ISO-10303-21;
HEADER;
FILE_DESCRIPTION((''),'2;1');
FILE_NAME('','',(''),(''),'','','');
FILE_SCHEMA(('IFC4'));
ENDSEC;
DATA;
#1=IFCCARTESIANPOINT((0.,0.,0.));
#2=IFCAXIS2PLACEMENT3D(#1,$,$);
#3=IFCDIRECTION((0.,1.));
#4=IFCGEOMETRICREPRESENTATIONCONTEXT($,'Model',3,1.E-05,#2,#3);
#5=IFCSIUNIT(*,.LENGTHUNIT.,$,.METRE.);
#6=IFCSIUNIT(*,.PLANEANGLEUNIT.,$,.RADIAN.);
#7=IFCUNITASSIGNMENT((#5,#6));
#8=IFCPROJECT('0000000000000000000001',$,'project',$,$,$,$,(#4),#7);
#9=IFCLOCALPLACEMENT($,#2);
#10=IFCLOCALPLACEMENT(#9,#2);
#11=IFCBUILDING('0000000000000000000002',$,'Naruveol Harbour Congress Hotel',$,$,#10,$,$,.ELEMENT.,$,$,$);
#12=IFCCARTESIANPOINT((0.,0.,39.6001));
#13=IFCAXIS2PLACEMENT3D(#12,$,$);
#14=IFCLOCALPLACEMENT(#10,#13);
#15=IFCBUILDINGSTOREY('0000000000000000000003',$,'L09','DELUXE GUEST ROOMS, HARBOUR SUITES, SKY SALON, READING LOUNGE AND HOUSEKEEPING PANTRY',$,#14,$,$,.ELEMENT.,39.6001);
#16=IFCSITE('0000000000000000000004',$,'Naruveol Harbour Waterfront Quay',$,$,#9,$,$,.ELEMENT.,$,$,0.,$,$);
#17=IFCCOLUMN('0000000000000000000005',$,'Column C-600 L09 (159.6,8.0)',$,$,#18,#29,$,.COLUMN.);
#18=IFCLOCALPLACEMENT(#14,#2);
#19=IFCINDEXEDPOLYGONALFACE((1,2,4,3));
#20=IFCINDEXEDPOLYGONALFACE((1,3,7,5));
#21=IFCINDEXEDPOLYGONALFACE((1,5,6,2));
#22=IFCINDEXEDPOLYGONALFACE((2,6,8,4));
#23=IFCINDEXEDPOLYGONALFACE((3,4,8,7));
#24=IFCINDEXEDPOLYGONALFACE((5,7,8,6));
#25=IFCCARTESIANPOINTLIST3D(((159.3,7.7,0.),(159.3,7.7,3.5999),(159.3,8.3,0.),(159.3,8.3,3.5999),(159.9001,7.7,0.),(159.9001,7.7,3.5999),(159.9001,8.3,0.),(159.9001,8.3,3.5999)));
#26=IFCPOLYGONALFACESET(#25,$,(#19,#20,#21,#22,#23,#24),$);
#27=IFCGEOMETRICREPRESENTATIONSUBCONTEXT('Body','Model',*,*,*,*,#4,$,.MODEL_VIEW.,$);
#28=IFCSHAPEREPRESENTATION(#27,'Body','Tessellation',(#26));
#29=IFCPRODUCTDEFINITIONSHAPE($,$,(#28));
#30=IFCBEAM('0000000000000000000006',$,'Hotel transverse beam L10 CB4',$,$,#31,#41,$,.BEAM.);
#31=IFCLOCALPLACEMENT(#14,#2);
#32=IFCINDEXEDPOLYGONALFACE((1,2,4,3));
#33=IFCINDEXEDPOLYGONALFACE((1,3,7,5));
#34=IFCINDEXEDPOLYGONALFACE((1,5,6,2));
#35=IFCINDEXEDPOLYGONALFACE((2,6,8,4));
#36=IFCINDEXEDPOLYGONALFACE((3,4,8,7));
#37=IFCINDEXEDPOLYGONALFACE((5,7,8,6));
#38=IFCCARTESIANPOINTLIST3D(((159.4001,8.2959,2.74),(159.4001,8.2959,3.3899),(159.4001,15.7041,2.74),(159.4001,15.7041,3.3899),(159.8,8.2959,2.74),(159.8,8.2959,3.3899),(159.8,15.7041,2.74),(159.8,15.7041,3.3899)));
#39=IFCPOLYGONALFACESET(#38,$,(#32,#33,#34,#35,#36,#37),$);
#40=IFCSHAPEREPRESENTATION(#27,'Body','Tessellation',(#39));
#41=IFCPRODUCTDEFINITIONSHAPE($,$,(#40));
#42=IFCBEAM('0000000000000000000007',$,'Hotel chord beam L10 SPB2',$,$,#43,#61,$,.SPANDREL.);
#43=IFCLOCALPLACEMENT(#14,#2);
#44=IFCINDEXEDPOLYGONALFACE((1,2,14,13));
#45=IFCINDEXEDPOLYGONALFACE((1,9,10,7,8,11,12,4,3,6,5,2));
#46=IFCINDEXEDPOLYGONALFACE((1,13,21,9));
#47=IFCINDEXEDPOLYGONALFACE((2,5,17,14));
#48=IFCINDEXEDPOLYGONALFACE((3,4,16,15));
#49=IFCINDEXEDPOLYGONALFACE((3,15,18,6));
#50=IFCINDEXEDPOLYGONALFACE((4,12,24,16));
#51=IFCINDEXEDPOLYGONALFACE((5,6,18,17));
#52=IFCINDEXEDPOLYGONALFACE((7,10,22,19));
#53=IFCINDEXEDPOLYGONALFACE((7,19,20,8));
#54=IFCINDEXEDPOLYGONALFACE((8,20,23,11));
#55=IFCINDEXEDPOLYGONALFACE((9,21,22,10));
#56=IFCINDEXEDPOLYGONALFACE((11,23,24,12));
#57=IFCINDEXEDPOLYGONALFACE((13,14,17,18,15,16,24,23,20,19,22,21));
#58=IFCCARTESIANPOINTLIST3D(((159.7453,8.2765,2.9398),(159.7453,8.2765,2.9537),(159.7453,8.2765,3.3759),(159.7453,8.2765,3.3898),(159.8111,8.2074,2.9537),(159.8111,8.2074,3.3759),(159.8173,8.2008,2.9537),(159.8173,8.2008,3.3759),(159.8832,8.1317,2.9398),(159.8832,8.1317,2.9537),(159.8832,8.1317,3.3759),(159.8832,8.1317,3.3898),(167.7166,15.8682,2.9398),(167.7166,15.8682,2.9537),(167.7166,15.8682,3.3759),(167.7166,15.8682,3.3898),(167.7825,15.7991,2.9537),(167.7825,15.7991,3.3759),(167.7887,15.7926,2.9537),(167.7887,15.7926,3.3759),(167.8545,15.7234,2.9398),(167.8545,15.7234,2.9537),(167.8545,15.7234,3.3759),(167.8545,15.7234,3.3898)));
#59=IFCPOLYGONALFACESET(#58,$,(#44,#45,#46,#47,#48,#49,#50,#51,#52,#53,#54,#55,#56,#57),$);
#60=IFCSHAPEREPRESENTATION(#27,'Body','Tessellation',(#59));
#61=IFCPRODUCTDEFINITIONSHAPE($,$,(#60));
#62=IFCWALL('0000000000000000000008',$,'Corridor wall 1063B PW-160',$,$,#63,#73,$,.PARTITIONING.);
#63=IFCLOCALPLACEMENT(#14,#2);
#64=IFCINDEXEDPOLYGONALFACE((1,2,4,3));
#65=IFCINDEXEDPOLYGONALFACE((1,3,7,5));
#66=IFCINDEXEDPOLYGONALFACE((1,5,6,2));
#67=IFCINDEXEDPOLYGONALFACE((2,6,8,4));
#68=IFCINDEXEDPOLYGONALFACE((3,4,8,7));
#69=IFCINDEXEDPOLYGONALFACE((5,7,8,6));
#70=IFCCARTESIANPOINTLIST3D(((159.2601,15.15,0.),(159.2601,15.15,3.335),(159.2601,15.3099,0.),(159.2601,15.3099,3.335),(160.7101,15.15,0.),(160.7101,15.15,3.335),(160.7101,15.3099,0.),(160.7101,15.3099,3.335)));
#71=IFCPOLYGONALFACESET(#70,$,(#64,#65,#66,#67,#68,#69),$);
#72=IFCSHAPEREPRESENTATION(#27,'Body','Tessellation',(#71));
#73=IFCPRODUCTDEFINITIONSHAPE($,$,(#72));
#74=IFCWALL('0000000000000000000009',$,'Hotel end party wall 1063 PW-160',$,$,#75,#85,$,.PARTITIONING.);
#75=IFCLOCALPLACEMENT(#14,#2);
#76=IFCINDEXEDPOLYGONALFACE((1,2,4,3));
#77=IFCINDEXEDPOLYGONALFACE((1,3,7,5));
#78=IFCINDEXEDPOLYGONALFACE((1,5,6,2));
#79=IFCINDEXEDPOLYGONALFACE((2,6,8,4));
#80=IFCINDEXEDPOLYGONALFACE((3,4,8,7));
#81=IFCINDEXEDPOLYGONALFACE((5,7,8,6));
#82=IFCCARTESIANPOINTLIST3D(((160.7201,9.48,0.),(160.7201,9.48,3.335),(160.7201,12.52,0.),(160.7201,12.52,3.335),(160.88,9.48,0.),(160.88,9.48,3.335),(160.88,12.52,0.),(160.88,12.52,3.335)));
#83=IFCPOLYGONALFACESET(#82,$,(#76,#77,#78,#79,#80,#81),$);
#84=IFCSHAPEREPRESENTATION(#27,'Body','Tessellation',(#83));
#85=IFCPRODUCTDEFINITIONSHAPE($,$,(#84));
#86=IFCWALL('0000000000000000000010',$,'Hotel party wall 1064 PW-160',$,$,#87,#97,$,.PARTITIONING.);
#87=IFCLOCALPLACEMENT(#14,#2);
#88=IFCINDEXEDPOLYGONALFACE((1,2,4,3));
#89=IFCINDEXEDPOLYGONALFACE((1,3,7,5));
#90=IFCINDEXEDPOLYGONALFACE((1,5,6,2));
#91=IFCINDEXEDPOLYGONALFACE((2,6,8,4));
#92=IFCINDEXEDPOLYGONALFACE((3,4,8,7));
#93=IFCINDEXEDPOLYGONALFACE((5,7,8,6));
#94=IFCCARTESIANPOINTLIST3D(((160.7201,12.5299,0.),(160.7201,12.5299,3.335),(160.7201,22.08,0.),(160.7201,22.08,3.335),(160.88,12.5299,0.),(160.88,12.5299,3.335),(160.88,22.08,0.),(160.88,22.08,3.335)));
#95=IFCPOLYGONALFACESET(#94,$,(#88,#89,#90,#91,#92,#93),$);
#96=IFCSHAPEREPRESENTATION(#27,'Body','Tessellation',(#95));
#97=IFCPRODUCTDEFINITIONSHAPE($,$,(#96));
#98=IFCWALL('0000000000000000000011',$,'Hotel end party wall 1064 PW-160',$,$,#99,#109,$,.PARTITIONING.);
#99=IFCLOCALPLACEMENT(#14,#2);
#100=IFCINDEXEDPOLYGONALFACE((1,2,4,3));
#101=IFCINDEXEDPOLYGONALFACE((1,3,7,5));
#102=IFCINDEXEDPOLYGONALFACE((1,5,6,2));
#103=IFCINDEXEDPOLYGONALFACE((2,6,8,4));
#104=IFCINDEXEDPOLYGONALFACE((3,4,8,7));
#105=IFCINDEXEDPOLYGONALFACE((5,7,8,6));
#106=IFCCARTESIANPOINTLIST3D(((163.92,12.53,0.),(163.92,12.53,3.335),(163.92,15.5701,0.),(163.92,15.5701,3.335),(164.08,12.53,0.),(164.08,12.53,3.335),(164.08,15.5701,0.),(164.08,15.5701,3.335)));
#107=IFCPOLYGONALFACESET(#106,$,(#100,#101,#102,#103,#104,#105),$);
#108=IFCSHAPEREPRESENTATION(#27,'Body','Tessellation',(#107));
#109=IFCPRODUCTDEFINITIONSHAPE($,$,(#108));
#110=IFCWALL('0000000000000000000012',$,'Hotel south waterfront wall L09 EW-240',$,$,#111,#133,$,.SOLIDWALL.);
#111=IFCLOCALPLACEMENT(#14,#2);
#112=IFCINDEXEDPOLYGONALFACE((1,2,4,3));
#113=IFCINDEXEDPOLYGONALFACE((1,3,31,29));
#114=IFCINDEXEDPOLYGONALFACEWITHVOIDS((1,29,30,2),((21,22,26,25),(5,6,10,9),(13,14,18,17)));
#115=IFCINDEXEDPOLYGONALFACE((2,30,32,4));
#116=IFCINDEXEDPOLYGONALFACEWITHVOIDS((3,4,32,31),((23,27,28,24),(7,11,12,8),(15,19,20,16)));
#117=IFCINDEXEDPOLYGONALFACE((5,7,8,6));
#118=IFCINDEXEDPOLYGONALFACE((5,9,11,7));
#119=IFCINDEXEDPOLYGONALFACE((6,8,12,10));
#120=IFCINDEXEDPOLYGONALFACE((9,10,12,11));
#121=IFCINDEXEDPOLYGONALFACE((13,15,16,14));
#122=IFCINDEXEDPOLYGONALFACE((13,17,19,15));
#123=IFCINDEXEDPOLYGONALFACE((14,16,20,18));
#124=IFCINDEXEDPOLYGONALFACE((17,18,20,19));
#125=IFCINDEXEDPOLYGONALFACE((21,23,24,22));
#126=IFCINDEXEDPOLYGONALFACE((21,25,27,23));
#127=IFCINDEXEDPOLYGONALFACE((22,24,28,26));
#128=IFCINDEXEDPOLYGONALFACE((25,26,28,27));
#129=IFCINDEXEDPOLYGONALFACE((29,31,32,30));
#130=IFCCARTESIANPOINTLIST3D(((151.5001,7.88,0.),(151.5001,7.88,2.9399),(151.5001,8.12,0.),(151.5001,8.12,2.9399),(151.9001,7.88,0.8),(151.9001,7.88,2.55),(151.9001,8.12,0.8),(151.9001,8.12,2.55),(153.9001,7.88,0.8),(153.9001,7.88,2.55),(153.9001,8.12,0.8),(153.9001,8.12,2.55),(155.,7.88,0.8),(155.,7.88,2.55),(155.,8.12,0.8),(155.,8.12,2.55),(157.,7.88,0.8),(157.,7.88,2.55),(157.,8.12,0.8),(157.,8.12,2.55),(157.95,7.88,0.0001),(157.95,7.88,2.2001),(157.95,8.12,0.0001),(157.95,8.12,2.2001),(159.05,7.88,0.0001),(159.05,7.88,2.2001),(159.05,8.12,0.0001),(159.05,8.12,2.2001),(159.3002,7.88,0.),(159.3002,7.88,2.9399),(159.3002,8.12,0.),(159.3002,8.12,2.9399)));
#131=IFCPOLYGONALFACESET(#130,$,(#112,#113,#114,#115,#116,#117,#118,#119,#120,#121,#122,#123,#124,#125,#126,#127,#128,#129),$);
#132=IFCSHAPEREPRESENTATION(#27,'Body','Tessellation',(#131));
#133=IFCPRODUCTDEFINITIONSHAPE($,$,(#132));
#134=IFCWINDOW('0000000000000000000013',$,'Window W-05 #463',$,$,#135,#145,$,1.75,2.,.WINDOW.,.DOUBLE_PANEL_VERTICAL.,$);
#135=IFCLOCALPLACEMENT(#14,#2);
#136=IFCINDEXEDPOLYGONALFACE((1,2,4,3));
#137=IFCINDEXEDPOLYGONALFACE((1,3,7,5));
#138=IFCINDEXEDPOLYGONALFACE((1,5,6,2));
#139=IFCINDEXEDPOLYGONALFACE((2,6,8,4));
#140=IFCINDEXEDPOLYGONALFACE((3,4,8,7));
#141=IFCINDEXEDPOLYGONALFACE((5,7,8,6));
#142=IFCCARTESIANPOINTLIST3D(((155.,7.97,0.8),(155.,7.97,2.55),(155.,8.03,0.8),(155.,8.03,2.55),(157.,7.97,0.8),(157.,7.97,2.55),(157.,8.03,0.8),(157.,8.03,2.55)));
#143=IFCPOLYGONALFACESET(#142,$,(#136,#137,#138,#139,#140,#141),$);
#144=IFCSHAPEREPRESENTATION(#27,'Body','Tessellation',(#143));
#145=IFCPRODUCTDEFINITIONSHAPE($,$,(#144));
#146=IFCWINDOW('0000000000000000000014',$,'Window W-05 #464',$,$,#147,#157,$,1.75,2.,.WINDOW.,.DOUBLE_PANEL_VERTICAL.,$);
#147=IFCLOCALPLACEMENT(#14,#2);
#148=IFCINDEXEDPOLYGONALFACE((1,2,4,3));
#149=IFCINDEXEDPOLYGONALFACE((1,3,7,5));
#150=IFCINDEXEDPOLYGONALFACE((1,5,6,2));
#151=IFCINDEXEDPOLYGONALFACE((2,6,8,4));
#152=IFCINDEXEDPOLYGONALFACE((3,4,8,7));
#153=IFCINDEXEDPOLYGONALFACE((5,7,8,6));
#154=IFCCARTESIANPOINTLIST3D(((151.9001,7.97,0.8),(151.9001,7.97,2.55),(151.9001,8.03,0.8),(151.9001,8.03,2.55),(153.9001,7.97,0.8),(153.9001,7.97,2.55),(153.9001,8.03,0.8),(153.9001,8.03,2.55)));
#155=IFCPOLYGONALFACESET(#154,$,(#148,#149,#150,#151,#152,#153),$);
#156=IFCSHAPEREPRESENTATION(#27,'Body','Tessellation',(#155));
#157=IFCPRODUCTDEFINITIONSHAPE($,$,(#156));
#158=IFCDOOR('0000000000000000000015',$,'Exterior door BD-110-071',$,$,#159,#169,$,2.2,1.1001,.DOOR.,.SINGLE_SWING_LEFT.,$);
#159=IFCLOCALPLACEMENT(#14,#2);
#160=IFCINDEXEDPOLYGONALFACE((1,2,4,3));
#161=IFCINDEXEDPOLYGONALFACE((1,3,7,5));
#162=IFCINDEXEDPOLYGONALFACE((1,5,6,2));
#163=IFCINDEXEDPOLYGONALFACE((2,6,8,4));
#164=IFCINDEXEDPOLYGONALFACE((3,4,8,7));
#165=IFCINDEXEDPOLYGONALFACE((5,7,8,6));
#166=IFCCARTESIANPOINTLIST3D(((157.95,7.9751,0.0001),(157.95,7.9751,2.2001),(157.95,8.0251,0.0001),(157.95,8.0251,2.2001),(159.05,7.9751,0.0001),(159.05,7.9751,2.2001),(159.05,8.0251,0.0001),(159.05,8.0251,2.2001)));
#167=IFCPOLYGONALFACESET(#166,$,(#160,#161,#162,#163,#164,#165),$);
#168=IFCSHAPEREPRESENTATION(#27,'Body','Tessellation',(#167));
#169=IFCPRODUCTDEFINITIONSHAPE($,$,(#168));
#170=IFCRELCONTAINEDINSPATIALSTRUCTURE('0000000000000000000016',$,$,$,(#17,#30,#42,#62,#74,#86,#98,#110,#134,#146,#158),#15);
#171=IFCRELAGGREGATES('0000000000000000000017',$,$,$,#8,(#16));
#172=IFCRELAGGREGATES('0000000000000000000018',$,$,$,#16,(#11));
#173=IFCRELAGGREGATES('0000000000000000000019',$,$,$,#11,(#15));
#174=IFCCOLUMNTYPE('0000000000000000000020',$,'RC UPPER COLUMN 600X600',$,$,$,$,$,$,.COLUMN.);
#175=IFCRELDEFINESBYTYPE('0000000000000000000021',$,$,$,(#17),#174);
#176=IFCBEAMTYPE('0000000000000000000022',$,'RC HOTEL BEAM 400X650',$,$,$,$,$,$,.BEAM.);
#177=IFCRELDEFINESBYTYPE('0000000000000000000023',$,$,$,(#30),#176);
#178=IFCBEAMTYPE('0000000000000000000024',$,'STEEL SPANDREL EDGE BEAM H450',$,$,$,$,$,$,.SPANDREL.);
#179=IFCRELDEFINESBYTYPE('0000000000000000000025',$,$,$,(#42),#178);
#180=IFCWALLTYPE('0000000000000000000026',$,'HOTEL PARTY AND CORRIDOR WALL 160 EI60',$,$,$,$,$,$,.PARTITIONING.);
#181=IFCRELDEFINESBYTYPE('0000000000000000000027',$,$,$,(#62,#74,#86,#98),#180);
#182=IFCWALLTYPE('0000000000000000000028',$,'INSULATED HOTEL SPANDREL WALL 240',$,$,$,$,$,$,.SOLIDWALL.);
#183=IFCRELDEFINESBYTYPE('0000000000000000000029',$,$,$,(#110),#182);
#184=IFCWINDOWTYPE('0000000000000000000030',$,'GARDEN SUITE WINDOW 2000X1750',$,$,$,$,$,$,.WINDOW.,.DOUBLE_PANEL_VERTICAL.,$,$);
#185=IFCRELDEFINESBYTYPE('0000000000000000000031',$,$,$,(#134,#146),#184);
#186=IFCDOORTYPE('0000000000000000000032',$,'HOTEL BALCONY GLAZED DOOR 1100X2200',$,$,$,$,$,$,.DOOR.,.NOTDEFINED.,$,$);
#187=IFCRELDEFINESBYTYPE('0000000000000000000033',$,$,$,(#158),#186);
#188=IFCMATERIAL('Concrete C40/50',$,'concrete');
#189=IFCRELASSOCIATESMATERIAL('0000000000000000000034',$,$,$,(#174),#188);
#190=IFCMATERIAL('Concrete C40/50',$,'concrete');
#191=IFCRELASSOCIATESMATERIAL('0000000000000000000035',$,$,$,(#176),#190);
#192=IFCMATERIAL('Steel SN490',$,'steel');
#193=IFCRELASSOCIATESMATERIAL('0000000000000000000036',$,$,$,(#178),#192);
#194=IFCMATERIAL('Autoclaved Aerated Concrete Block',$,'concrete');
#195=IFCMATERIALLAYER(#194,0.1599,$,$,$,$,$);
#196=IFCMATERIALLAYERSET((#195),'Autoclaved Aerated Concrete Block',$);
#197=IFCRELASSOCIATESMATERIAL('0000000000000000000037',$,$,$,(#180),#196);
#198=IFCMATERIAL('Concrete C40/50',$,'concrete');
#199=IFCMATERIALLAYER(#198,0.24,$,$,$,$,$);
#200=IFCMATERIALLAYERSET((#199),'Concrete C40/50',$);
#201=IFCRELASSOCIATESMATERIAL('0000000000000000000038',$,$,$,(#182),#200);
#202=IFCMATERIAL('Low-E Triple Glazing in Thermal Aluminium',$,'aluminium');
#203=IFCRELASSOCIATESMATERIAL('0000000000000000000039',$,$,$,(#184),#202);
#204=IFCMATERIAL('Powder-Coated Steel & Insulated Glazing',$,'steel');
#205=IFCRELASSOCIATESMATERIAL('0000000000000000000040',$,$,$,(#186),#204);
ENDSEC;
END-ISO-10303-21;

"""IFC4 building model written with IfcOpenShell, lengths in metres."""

from ifc_helpers import new_model, si_unit, direction, frame, frame_2d, origin, origin_2d, place, context, subcontext, project, spatial, rectangle, i_section, extrude, material, layer, layer_set, material_profile, profile_set, type_object, element, fill, save


model = new_model("IFC4")

# Units and contexts
model_context = context("Model", 3, precision=1e-05, world=origin(), true_north=direction((0.0, 1.0)))
body_context = subcontext(model_context, "Body", "Model", "MODEL_VIEW")
ifc_project = project(units=[si_unit("LENGTHUNIT", "METRE"), si_unit("PLANEANGLEUNIT", "RADIAN")], contexts=[model_context])

# Site, building, storey
site_placement = place(None, origin())
site = spatial("IfcSite", under=ifc_project, at=site_placement, Name="Naruveol Harbour Waterfront Quay", CompositionType="ELEMENT", RefElevation=0.0)
building_placement = place(site_placement, origin())
building = spatial("IfcBuilding", under=site, at=building_placement, Name="Naruveol Harbour Congress Hotel", CompositionType="ELEMENT")
storey_placement = place(building_placement, frame((0.0, 0.0, 39.6001)))
storey = spatial("IfcBuildingStorey", under=building, at=storey_placement, Name="L09", Description="DELUXE GUEST ROOMS, HARBOUR SUITES, SKY SALON, READING LOUNGE AND HOUSEKEEPING PANTRY", CompositionType="ELEMENT", Elevation=39.6001)

# Column
ifc_material_1 = material(Name="Concrete C40/50", Category="concrete")
ifc_material_profile_1 = material_profile(ifc_material_1, rectangle(XDim=0.6001, YDim=0.6001, at=origin_2d()), Name="RC-600x600")
ifc_profile_set_1 = profile_set([ifc_material_profile_1], Name="Concrete C40/50")
column_type = type_object("IfcColumnType", Name="RC UPPER COLUMN 600X600", PredefinedType="COLUMN", material=ifc_profile_set_1)
column_placement = place(storey_placement, frame((159.6001, 8.0, 0.0), z_axis=(0.0, 0.0, 1.0), x_axis=(1.0, 0.0, 0.0)))
element("IfcColumn", 1, at=column_placement, inside=storey, type_object=column_type, Name="Column C-600 L09 (159.6,8.0)", PredefinedType="COLUMN", context=body_context, shape_type="SweptSolid", body=[
    extrude(rectangle(XDim=0.6001, YDim=0.6001, at=origin_2d()), origin(), (0.0, 0.0, 1.0), 3.5999),
])

# Beams
ifc_material_2 = material(Name="Concrete C40/50", Category="concrete")
ifc_material_profile_2 = material_profile(ifc_material_2, rectangle(XDim=0.3999, YDim=0.6499, at=origin_2d()), Name="RCB-400x650")
ifc_profile_set_2 = profile_set([ifc_material_profile_2], Name="Concrete C40/50")
beam_type_1 = type_object("IfcBeamType", Name="RC HOTEL BEAM 400X650", PredefinedType="BEAM", material=ifc_profile_set_2)
beam_1_placement = place(storey_placement, frame((159.6001, 8.2959, 3.0649), z_axis=(0.0, 1.0, 0.0), x_axis=(-1.0, 0.0, 0.0)))
element("IfcBeam", 2, at=beam_1_placement, inside=storey, type_object=beam_type_1, Name="Hotel transverse beam L10 CB4", PredefinedType="BEAM", context=body_context, shape_type="SweptSolid", body=[
    extrude(rectangle(XDim=0.3999, YDim=0.6499, at=origin_2d()), origin(), (0.0, 0.0, 1.0), 7.4082),
])
ifc_material_3 = material(Name="Steel SN490", Category="steel")
ifc_material_profile_3 = material_profile(ifc_material_3, i_section(OverallWidth=0.2, OverallDepth=0.45, WebThickness=0.009, FlangeThickness=0.0139, at=origin_2d()), Name="H-450x200x9x14")
ifc_profile_set_3 = profile_set([ifc_material_profile_3], Name="Steel SN490")
beam_type_2 = type_object("IfcBeamType", Name="STEEL SPANDREL EDGE BEAM H450", PredefinedType="SPANDREL", material=ifc_profile_set_3)
beam_2_placement = place(storey_placement, frame((159.8142, 8.2041, 3.1648), z_axis=(0.72414, 0.689653, 0.0), x_axis=(-0.689653, 0.72414, 0.0)))
element("IfcBeam", 3, at=beam_2_placement, inside=storey, type_object=beam_type_2, Name="Hotel chord beam L10 SPB2", PredefinedType="SPANDREL", context=body_context, shape_type="SweptSolid", body=[
    extrude(i_section(OverallWidth=0.2, OverallDepth=0.45, WebThickness=0.009, FlangeThickness=0.0139, at=origin_2d()), origin(), (0.0, 0.0, 1.0), 11.0081),
])

# Walls
ifc_material_4 = material(Name="Autoclaved Aerated Concrete Block", Category="concrete")
ifc_layer_1 = layer(ifc_material_4, 0.1599)
ifc_layer_set_1 = layer_set([ifc_layer_1], Name="Autoclaved Aerated Concrete Block")
wall_type_1 = type_object("IfcWallType", Name="HOTEL PARTY AND CORRIDOR WALL 160 EI60", PredefinedType="PARTITIONING", material=ifc_layer_set_1)
wall_1_placement = place(storey_placement, frame((159.26, 15.23, 0.0), z_axis=(0.0, 0.0, 1.0), x_axis=(1.0, 0.0, 0.0)))
element("IfcWall", 4, at=wall_1_placement, inside=storey, type_object=wall_type_1, Name="Corridor wall 1063B PW-160", PredefinedType="PARTITIONING", context=body_context, shape_type="SweptSolid", body=[
    extrude(rectangle(XDim=1.45, YDim=0.1599, at=frame_2d((0.7251, 0.0))), origin(), (0.0, 0.0, 1.0), 3.335),
])
wall_2_placement = place(storey_placement, frame((160.8, 9.48, 0.0), z_axis=(0.0, 0.0, 1.0), x_axis=(0.0, 1.0, 0.0)))
element("IfcWall", 5, at=wall_2_placement, inside=storey, type_object=wall_type_1, Name="Hotel end party wall 1063 PW-160", PredefinedType="PARTITIONING", context=body_context, shape_type="SweptSolid", body=[
    extrude(rectangle(XDim=3.04, YDim=0.1599, at=frame_2d((1.52, 0.0))), origin(), (0.0, 0.0, 1.0), 3.335),
])
wall_3_placement = place(storey_placement, frame((160.8, 12.53, 0.0), z_axis=(0.0, 0.0, 1.0), x_axis=(0.0, 1.0, 0.0)))
element("IfcWall", 6, at=wall_3_placement, inside=storey, type_object=wall_type_1, Name="Hotel party wall 1064 PW-160", PredefinedType="PARTITIONING", context=body_context, shape_type="SweptSolid", body=[
    extrude(rectangle(XDim=9.55, YDim=0.1599, at=frame_2d((4.7749, 0.0))), origin(), (0.0, 0.0, 1.0), 3.335),
])
wall_4_placement = place(storey_placement, frame((164.0, 12.53, 0.0), z_axis=(0.0, 0.0, 1.0), x_axis=(0.0, 1.0, 0.0)))
element("IfcWall", 7, at=wall_4_placement, inside=storey, type_object=wall_type_1, Name="Hotel end party wall 1064 PW-160", PredefinedType="PARTITIONING", context=body_context, shape_type="SweptSolid", body=[
    extrude(rectangle(XDim=3.04, YDim=0.1599, at=frame_2d((1.52, 0.0))), origin(), (0.0, 0.0, 1.0), 3.335),
])

# Wall, openings, windows, door
ifc_material_5 = material(Name="Concrete C40/50", Category="concrete")
ifc_layer_2 = layer(ifc_material_5, 0.24)
ifc_layer_set_2 = layer_set([ifc_layer_2], Name="Concrete C40/50")
wall_type_2 = type_object("IfcWallType", Name="INSULATED HOTEL SPANDREL WALL 240", PredefinedType="SOLIDWALL", material=ifc_layer_set_2)
wall_5_placement = place(storey_placement, frame((159.3, 8.0, 0.0), z_axis=(0.0, 0.0, 1.0), x_axis=(-1.0, 0.0, 0.0)))
wall_5 = element("IfcWall", 8, at=wall_5_placement, inside=storey, type_object=wall_type_2, Name="Hotel south waterfront wall L09 EW-240", PredefinedType="SOLIDWALL", context=body_context, shape_type="SweptSolid", body=[
    extrude(rectangle(XDim=7.8, YDim=0.24, at=frame_2d((3.8999, 0.0))), origin(), (0.0, 0.0, 1.0), 2.9399),
])
opening_1_placement = place(wall_5_placement, frame((0.25, 0.0, 0.0)))
opening_1 = element("IfcOpeningElement", 9, at=opening_1_placement, cuts=wall_5, PredefinedType="OPENING", context=body_context, shape_type="SweptSolid", body=[
    extrude(rectangle(XDim=1.1001, YDim=2.2, at=frame_2d((0.55, 1.1001))), frame((0.0, 0.1299, 0.0), z_axis=(0.0, -1.0, 0.0), x_axis=(1.0, 0.0, 0.0)), (0.0, 0.0, 1.0), 0.26),
])
opening_2_placement = place(wall_5_placement, frame((2.3, 0.0, 0.8)))
opening_2 = element("IfcOpeningElement", 10, at=opening_2_placement, cuts=wall_5, PredefinedType="OPENING", context=body_context, shape_type="SweptSolid", body=[
    extrude(rectangle(XDim=2.0, YDim=1.75, at=frame_2d((1.0, 0.875))), frame((0.0, 0.1299, 0.0), z_axis=(0.0, -1.0, 0.0), x_axis=(1.0, 0.0, 0.0)), (0.0, 0.0, 1.0), 0.26),
])
opening_3_placement = place(wall_5_placement, frame((5.3999, 0.0, 0.8)))
opening_3 = element("IfcOpeningElement", 11, at=opening_3_placement, cuts=wall_5, PredefinedType="OPENING", context=body_context, shape_type="SweptSolid", body=[
    extrude(rectangle(XDim=2.0, YDim=1.75, at=frame_2d((1.0, 0.875))), frame((0.0, 0.1299, 0.0), z_axis=(0.0, -1.0, 0.0), x_axis=(1.0, 0.0, 0.0)), (0.0, 0.0, 1.0), 0.26),
])
ifc_material_6 = material(Name="Low-E Triple Glazing in Thermal Aluminium", Category="aluminium")
window_type = type_object("IfcWindowType", Name="GARDEN SUITE WINDOW 2000X1750", PartitioningType="DOUBLE_PANEL_VERTICAL", PredefinedType="WINDOW", material=ifc_material_6)
window_1_placement = place(opening_2_placement, origin())
window_1 = element("IfcWindow", 12, at=window_1_placement, inside=storey, type_object=window_type, Name="Window W-05 #463", OverallHeight=1.75, OverallWidth=2.0, PartitioningType="DOUBLE_PANEL_VERTICAL", PredefinedType="WINDOW", context=body_context, shape_type="SweptSolid", body=[
    extrude(rectangle(XDim=2.0, YDim=1.75, at=frame_2d((1.0, 0.875))), frame((0.0, 0.03, 0.0), z_axis=(0.0, -1.0, 0.0), x_axis=(1.0, 0.0, 0.0)), (0.0, 0.0, 1.0), 0.0601),
])
fill(opening_2, window_1)
window_2_placement = place(opening_3_placement, origin())
window_2 = element("IfcWindow", 13, at=window_2_placement, inside=storey, type_object=window_type, Name="Window W-05 #464", OverallHeight=1.75, OverallWidth=2.0, PartitioningType="DOUBLE_PANEL_VERTICAL", PredefinedType="WINDOW", context=body_context, shape_type="SweptSolid", body=[
    extrude(rectangle(XDim=2.0, YDim=1.75, at=frame_2d((1.0, 0.875))), frame((0.0, 0.03, 0.0), z_axis=(0.0, -1.0, 0.0), x_axis=(1.0, 0.0, 0.0)), (0.0, 0.0, 1.0), 0.0601),
])
fill(opening_3, window_2)
ifc_material_7 = material(Name="Powder-Coated Steel & Insulated Glazing", Category="steel")
door_type_1 = type_object("IfcDoorType", Name="HOTEL BALCONY GLAZED DOOR 1100X2200", OperationType="NOTDEFINED", PredefinedType="DOOR", material=ifc_material_7)
door_1_placement = place(opening_1_placement, origin())
door_1 = element("IfcDoor", 14, at=door_1_placement, inside=storey, type_object=door_type_1, Name="Exterior door BD-110-071", OperationType="SINGLE_SWING_LEFT", OverallHeight=2.2, OverallWidth=1.1001, PredefinedType="DOOR", context=body_context, shape_type="SweptSolid", body=[
    extrude(rectangle(XDim=1.1001, YDim=2.2, at=frame_2d((0.55, 1.1001))), frame((0.0, 0.0249, 0.0), z_axis=(0.0, -1.0, 0.0), x_axis=(1.0, 0.0, 0.0)), (0.0, 0.0, 1.0), 0.05),
])
fill(opening_1, door_1)

save(model, "model.ifc")
